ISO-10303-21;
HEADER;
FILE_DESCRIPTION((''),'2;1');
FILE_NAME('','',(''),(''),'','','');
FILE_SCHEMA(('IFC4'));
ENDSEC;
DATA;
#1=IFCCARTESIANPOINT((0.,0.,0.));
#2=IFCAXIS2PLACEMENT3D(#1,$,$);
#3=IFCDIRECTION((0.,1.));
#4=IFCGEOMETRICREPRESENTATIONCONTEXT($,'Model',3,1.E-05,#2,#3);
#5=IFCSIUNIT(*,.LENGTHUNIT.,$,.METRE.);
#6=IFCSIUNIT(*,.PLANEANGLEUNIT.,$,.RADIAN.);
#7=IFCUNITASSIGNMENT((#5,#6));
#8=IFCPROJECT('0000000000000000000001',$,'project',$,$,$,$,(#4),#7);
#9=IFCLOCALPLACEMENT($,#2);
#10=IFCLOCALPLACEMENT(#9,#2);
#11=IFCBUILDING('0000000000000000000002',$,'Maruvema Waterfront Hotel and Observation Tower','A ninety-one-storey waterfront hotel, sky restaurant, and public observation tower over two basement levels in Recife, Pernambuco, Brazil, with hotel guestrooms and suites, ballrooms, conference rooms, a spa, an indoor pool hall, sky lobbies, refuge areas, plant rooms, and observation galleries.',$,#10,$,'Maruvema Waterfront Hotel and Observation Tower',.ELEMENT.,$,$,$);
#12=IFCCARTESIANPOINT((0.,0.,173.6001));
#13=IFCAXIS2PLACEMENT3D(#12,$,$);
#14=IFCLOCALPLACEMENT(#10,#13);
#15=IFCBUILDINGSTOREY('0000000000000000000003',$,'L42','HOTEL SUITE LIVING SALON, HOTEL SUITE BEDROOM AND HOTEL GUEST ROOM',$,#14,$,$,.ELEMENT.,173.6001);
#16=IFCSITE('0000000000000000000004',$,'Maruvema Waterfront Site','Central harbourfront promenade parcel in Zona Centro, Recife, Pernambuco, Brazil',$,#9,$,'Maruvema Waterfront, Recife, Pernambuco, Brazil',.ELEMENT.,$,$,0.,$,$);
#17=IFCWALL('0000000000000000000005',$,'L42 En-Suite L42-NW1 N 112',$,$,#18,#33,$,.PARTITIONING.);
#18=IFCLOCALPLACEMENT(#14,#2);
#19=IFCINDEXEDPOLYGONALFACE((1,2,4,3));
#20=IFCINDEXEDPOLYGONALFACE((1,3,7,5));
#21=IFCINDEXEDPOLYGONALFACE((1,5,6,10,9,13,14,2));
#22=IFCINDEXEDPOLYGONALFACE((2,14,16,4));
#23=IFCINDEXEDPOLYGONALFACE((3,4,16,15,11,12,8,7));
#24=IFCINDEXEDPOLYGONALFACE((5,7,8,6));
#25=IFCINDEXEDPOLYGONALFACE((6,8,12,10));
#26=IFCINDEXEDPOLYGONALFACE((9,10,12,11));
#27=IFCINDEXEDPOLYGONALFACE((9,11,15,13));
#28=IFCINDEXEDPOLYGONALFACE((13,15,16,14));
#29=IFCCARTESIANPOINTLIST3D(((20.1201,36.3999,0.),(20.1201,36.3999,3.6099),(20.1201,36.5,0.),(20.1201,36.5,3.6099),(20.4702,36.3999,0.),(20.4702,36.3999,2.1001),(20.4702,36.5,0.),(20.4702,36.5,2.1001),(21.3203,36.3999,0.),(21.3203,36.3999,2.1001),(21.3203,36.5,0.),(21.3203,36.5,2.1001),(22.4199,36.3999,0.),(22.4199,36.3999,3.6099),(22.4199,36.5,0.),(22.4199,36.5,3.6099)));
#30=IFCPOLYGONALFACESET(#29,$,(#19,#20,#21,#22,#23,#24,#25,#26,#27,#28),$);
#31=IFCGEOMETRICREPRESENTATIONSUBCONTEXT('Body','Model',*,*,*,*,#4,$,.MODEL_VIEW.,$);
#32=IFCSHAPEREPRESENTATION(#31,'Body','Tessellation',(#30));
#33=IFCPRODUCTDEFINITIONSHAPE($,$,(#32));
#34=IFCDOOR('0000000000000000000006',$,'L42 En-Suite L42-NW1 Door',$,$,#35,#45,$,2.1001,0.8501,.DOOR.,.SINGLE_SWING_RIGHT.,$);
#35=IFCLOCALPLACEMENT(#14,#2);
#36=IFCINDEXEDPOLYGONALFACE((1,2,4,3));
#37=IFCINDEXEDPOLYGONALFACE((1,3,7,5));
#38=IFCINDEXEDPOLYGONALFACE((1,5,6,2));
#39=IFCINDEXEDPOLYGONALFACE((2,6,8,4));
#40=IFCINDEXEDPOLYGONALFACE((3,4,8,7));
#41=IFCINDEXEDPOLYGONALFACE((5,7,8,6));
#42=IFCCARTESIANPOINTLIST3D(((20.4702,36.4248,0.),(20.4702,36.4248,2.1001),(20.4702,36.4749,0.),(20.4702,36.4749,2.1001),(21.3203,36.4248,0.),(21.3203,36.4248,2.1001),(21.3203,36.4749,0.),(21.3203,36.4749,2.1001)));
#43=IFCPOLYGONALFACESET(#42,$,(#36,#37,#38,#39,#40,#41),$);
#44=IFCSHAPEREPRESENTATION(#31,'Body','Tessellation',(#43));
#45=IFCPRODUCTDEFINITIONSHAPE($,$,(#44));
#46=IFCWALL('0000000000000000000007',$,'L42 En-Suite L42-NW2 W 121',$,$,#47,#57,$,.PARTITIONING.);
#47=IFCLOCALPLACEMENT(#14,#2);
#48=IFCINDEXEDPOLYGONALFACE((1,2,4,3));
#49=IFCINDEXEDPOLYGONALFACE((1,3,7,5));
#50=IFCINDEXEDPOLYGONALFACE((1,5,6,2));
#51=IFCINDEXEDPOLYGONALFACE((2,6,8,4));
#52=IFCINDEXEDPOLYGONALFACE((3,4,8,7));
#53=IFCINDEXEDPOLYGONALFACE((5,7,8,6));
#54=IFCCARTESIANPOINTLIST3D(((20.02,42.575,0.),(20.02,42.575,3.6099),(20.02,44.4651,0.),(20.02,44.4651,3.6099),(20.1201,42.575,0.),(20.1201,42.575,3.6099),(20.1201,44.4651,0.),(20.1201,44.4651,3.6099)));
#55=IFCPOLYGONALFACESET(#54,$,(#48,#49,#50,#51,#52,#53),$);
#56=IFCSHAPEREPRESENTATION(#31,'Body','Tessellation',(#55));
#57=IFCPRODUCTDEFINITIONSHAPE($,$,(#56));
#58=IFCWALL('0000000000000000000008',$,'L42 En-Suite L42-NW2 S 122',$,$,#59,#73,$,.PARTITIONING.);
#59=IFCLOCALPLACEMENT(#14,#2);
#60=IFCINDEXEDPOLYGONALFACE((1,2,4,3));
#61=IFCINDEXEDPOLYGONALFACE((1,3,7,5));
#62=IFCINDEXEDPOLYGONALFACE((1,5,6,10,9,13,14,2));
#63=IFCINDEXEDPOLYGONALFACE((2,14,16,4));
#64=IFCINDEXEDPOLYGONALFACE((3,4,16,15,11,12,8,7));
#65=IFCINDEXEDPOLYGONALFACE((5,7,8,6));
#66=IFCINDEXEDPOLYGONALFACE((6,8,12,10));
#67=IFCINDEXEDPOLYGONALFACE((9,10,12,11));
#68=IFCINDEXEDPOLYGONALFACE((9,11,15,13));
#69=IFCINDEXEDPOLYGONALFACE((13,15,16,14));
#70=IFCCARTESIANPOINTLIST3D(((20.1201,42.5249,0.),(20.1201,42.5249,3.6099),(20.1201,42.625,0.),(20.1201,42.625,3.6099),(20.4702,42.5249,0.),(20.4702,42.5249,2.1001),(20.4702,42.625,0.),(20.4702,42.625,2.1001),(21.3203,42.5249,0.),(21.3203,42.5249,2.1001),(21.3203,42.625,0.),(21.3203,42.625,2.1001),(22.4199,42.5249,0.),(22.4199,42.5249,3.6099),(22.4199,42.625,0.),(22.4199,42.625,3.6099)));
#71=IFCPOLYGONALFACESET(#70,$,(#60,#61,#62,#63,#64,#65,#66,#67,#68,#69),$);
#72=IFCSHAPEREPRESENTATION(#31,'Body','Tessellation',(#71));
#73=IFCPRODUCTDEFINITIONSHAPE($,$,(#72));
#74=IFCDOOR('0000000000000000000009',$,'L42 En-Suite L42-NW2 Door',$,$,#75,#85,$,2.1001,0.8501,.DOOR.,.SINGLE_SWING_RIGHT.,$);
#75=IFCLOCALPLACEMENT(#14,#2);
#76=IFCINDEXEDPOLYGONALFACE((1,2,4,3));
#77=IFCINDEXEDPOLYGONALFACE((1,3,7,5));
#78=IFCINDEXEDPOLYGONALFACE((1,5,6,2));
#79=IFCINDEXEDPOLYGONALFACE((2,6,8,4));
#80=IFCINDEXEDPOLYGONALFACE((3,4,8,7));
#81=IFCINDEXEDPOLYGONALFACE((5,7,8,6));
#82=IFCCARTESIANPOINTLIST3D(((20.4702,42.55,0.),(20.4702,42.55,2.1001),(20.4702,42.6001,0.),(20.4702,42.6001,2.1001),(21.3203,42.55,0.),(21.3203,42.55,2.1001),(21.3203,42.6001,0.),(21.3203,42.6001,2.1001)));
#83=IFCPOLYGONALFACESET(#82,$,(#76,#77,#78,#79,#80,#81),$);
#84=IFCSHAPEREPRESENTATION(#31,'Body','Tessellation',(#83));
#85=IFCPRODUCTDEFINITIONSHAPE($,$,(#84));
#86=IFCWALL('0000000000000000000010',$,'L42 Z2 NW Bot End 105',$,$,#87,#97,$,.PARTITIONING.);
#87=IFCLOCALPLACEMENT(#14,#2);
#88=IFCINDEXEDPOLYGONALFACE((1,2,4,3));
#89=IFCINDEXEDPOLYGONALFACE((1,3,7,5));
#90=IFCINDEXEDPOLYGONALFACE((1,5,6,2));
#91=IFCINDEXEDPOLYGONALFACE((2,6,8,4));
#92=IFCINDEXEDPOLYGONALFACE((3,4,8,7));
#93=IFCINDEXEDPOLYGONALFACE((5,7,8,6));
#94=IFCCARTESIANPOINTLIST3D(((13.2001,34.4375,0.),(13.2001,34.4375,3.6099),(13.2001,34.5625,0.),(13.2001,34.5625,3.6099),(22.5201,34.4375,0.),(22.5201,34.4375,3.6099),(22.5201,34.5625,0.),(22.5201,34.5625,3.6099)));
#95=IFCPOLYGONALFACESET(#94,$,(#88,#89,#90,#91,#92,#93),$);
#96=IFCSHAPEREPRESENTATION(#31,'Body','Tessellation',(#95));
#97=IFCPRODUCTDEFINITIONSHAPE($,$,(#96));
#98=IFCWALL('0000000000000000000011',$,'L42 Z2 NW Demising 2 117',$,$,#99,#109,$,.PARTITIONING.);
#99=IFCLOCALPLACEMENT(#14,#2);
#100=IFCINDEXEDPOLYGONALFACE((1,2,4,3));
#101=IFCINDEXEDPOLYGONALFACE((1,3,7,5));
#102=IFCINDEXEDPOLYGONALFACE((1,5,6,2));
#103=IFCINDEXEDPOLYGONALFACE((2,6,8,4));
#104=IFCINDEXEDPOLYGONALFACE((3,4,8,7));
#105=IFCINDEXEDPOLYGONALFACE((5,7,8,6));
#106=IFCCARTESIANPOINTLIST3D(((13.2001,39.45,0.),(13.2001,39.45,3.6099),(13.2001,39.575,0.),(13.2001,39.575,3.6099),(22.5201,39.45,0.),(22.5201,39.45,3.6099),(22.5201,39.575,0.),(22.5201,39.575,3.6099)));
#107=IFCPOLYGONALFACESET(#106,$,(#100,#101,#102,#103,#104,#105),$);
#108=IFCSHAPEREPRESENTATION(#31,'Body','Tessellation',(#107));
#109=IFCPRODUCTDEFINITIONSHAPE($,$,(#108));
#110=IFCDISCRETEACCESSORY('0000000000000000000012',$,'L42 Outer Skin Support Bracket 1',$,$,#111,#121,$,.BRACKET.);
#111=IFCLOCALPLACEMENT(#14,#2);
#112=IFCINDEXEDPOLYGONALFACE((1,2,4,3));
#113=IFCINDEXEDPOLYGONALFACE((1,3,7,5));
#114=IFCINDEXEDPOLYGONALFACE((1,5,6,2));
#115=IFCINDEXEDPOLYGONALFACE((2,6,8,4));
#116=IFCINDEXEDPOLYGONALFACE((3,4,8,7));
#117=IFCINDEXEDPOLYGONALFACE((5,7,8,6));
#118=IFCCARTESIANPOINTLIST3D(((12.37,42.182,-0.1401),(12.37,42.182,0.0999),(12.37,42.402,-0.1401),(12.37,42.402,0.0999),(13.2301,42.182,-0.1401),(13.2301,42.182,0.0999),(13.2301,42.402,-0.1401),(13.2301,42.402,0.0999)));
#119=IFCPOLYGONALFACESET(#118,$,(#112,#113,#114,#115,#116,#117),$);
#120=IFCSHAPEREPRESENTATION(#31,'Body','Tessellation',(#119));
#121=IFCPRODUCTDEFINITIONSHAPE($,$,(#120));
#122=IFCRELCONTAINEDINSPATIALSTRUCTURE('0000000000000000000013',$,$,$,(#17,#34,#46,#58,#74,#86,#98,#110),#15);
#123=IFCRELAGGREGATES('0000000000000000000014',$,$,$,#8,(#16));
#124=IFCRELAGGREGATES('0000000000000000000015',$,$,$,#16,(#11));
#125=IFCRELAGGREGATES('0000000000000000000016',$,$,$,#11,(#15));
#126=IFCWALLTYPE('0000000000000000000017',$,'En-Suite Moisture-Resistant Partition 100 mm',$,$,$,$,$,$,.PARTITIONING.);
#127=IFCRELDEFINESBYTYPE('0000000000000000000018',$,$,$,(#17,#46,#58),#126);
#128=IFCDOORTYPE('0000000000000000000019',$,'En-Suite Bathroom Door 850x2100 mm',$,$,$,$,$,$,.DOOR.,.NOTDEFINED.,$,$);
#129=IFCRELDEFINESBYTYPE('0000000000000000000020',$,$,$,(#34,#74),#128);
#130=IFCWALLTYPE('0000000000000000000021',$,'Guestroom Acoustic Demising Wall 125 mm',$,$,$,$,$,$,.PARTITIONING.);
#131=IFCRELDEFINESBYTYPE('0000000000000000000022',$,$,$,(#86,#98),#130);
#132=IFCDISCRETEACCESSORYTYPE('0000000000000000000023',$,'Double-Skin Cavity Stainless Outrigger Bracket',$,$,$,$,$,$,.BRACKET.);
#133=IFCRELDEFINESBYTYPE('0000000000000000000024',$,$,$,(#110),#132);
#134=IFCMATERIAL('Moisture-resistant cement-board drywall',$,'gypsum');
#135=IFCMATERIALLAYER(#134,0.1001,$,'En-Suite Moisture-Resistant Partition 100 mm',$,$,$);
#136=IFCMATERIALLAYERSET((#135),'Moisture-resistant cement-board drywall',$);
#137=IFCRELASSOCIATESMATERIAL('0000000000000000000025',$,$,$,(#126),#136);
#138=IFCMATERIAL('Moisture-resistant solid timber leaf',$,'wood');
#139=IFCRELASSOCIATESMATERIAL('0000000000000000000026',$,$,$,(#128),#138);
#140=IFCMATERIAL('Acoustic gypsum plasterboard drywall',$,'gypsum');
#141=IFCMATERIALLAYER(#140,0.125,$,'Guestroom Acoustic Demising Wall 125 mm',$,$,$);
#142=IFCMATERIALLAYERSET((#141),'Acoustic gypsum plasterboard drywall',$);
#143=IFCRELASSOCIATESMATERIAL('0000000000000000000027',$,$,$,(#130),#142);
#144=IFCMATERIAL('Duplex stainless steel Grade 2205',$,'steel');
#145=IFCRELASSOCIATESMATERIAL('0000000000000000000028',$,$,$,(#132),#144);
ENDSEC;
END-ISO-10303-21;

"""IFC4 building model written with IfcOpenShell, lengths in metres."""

from ifc_helpers import new_model, si_unit, direction, frame, frame_2d, origin, origin_2d, place, context, subcontext, project, spatial, rectangle, extrude, material, layer, layer_set, type_object, element, fill, save


model = new_model("IFC4")

# Units and contexts
model_context = context("Model", 3, precision=1e-05, world=origin(), true_north=direction((0.0, 1.0)))
body_context = subcontext(model_context, "Body", "Model", "MODEL_VIEW")
ifc_project = project(units=[si_unit("LENGTHUNIT", "METRE"), si_unit("PLANEANGLEUNIT", "RADIAN")], contexts=[model_context])

# Site, building, storey
site_placement = place(None, origin())
site = spatial("IfcSite", under=ifc_project, at=site_placement, Name="Maruvema Waterfront Site", Description="Central harbourfront promenade parcel in Zona Centro, Recife, Pernambuco, Brazil", LongName="Maruvema Waterfront, Recife, Pernambuco, Brazil", CompositionType="ELEMENT", RefElevation=0.0)
building_placement = place(site_placement, origin())
building = spatial("IfcBuilding", under=site, at=building_placement, Name="Maruvema Waterfront Hotel and Observation Tower", Description="A ninety-one-storey waterfront hotel, sky restaurant, and public observation tower over two basement levels in Recife, Pernambuco, Brazil, with hotel guestrooms and suites, ballrooms, conference rooms, a spa, an indoor pool hall, sky lobbies, refuge areas, plant rooms, and observation galleries.", LongName="Maruvema Waterfront Hotel and Observation Tower", CompositionType="ELEMENT")
storey_placement = place(building_placement, frame((0.0, 0.0, 173.6001)))
storey = spatial("IfcBuildingStorey", under=building, at=storey_placement, Name="L42", Description="HOTEL SUITE LIVING SALON, HOTEL SUITE BEDROOM AND HOTEL GUEST ROOM", CompositionType="ELEMENT", Elevation=173.6001)

# Shared definitions
ifc_material_1 = material(Name="Moisture-resistant cement-board drywall", Category="gypsum")
ifc_layer_1 = layer(ifc_material_1, 0.1001, Name="En-Suite Moisture-Resistant Partition 100 mm")
ifc_layer_set_1 = layer_set([ifc_layer_1], Name="Moisture-resistant cement-board drywall")
wall_type_1 = type_object("IfcWallType", Name="En-Suite Moisture-Resistant Partition 100 mm", PredefinedType="PARTITIONING", material=ifc_layer_set_1)

# Wall, opening, door
wall_1_placement = place(storey_placement, frame((20.1201, 36.45, 0.0), z_axis=(0.0, 0.0, 1.0), x_axis=(1.0, 0.0, 0.0)))
wall_1 = element("IfcWall", 1, at=wall_1_placement, inside=storey, type_object=wall_type_1, Name="L42 En-Suite L42-NW1 N 112", PredefinedType="PARTITIONING", context=body_context, shape_type="SweptSolid", body=[
    extrude(rectangle(XDim=2.2998, YDim=0.1001, at=frame_2d((1.1499, 0.0))), origin(), (0.0, 0.0, 1.0), 3.6099),
])
opening_1_placement = place(wall_1_placement, frame((0.3501, 0.0, 0.0)))
opening_1 = element("IfcOpeningElement", 2, at=opening_1_placement, cuts=wall_1, PredefinedType="OPENING", context=body_context, shape_type="SweptSolid", body=[
    extrude(rectangle(XDim=0.8501, YDim=2.1001, at=frame_2d((0.425, 1.05))), frame((0.0, 0.0601, 0.0), z_axis=(0.0, -1.0, 0.0), x_axis=(1.0, 0.0, 0.0)), (0.0, 0.0, 1.0), 0.1201),
])
ifc_material_2 = material(Name="Moisture-resistant solid timber leaf", Category="wood")
door_type_1 = type_object("IfcDoorType", Name="En-Suite Bathroom Door 850x2100 mm", OperationType="NOTDEFINED", PredefinedType="DOOR", material=ifc_material_2)
door_1_placement = place(opening_1_placement, origin())
door_1 = element("IfcDoor", 3, at=door_1_placement, inside=storey, type_object=door_type_1, Name="L42 En-Suite L42-NW1 Door", OperationType="SINGLE_SWING_RIGHT", OverallHeight=2.1001, OverallWidth=0.8501, PredefinedType="DOOR", context=body_context, shape_type="SweptSolid", body=[
    extrude(rectangle(XDim=0.8501, YDim=2.1001, at=frame_2d((0.425, 1.05))), frame((0.0, 0.0249, 0.0), z_axis=(0.0, -1.0, 0.0), x_axis=(1.0, 0.0, 0.0)), (0.0, 0.0, 1.0), 0.05),
])
fill(opening_1, door_1)

# Wall
wall_2_placement = place(storey_placement, frame((20.0701, 42.575, 0.0), z_axis=(0.0, 0.0, 1.0), x_axis=(0.0, 1.0, 0.0)))
element("IfcWall", 4, at=wall_2_placement, inside=storey, type_object=wall_type_1, Name="L42 En-Suite L42-NW2 W 121", PredefinedType="PARTITIONING", context=body_context, shape_type="SweptSolid", body=[
    extrude(rectangle(XDim=1.8901, YDim=0.1001, at=frame_2d((0.9451, 0.0))), origin(), (0.0, 0.0, 1.0), 3.6099),
])

# Wall, opening, door
wall_3_placement = place(storey_placement, frame((20.1201, 42.575, 0.0), z_axis=(0.0, 0.0, 1.0), x_axis=(1.0, 0.0, 0.0)))
wall_3 = element("IfcWall", 5, at=wall_3_placement, inside=storey, type_object=wall_type_1, Name="L42 En-Suite L42-NW2 S 122", PredefinedType="PARTITIONING", context=body_context, shape_type="SweptSolid", body=[
    extrude(rectangle(XDim=2.2998, YDim=0.1001, at=frame_2d((1.1499, 0.0))), origin(), (0.0, 0.0, 1.0), 3.6099),
])
opening_2_placement = place(wall_3_placement, frame((0.3501, 0.0, 0.0)))
opening_2 = element("IfcOpeningElement", 6, at=opening_2_placement, cuts=wall_3, PredefinedType="OPENING", context=body_context, shape_type="SweptSolid", body=[
    extrude(rectangle(XDim=0.8501, YDim=2.1001, at=frame_2d((0.425, 1.05))), frame((0.0, 0.0601, 0.0), z_axis=(0.0, -1.0, 0.0), x_axis=(1.0, 0.0, 0.0)), (0.0, 0.0, 1.0), 0.1201),
])
door_2_placement = place(opening_2_placement, frame((0.8501, 0.0, 0.0), z_axis=(0.0, 0.0, 1.0), x_axis=(-1.0, 0.0, 0.0)))
door_2 = element("IfcDoor", 7, at=door_2_placement, inside=storey, type_object=door_type_1, Name="L42 En-Suite L42-NW2 Door", OperationType="SINGLE_SWING_RIGHT", OverallHeight=2.1001, OverallWidth=0.8501, PredefinedType="DOOR", context=body_context, shape_type="SweptSolid", body=[
    extrude(rectangle(XDim=0.8501, YDim=2.1001, at=frame_2d((0.425, 1.05))), frame((0.0, 0.0249, 0.0), z_axis=(0.0, -1.0, 0.0), x_axis=(1.0, 0.0, 0.0)), (0.0, 0.0, 1.0), 0.05),
])
fill(opening_2, door_2)

# Walls
ifc_material_3 = material(Name="Acoustic gypsum plasterboard drywall", Category="gypsum")
ifc_layer_2 = layer(ifc_material_3, 0.125, Name="Guestroom Acoustic Demising Wall 125 mm")
ifc_layer_set_2 = layer_set([ifc_layer_2], Name="Acoustic gypsum plasterboard drywall")
wall_type_2 = type_object("IfcWallType", Name="Guestroom Acoustic Demising Wall 125 mm", PredefinedType="PARTITIONING", material=ifc_layer_set_2)
for number, where, z_axis, x_axis, name in (
    (8, (13.2, 34.5, 0.0), (0.0, 0.0, 1.0), (1.0, 0.0, 0.0), "L42 Z2 NW Bot End 105"),
    (9, (13.2, 39.5125, 0.0), (0.0, 0.0, 1.0), (1.0, 0.0, 0.0), "L42 Z2 NW Demising 2 117"),
):
    element("IfcWall", number, at=place(storey_placement, frame(where, z_axis=z_axis, x_axis=x_axis)), inside=storey, type_object=wall_type_2, Name=name, PredefinedType="PARTITIONING", context=body_context, shape_type="SweptSolid", body=[
        extrude(rectangle(XDim=9.3201, YDim=0.125, at=frame_2d((4.6602, 0.0))), origin(), (0.0, 0.0, 1.0), 3.6099),
    ])

# Discrete accessory
ifc_material_4 = material(Name="Duplex stainless steel Grade 2205", Category="steel")
discrete_accessory_type = type_object("IfcDiscreteAccessoryType", Name="Double-Skin Cavity Stainless Outrigger Bracket", PredefinedType="BRACKET", material=ifc_material_4)
discrete_accessory_placement = place(storey_placement, frame((12.8, 42.292, -0.1401), z_axis=(0.0, 0.0, 1.0), x_axis=(0.0, -1.0, 0.0)))
element("IfcDiscreteAccessory", 10, at=discrete_accessory_placement, inside=storey, type_object=discrete_accessory_type, Name="L42 Outer Skin Support Bracket 1", PredefinedType="BRACKET", context=body_context, shape_type="SweptSolid", body=[
    extrude(rectangle(XDim=0.22, YDim=0.8601, at=origin_2d()), origin(), (0.0, 0.0, 1.0), 0.24),
])

save(model, "model.ifc")
